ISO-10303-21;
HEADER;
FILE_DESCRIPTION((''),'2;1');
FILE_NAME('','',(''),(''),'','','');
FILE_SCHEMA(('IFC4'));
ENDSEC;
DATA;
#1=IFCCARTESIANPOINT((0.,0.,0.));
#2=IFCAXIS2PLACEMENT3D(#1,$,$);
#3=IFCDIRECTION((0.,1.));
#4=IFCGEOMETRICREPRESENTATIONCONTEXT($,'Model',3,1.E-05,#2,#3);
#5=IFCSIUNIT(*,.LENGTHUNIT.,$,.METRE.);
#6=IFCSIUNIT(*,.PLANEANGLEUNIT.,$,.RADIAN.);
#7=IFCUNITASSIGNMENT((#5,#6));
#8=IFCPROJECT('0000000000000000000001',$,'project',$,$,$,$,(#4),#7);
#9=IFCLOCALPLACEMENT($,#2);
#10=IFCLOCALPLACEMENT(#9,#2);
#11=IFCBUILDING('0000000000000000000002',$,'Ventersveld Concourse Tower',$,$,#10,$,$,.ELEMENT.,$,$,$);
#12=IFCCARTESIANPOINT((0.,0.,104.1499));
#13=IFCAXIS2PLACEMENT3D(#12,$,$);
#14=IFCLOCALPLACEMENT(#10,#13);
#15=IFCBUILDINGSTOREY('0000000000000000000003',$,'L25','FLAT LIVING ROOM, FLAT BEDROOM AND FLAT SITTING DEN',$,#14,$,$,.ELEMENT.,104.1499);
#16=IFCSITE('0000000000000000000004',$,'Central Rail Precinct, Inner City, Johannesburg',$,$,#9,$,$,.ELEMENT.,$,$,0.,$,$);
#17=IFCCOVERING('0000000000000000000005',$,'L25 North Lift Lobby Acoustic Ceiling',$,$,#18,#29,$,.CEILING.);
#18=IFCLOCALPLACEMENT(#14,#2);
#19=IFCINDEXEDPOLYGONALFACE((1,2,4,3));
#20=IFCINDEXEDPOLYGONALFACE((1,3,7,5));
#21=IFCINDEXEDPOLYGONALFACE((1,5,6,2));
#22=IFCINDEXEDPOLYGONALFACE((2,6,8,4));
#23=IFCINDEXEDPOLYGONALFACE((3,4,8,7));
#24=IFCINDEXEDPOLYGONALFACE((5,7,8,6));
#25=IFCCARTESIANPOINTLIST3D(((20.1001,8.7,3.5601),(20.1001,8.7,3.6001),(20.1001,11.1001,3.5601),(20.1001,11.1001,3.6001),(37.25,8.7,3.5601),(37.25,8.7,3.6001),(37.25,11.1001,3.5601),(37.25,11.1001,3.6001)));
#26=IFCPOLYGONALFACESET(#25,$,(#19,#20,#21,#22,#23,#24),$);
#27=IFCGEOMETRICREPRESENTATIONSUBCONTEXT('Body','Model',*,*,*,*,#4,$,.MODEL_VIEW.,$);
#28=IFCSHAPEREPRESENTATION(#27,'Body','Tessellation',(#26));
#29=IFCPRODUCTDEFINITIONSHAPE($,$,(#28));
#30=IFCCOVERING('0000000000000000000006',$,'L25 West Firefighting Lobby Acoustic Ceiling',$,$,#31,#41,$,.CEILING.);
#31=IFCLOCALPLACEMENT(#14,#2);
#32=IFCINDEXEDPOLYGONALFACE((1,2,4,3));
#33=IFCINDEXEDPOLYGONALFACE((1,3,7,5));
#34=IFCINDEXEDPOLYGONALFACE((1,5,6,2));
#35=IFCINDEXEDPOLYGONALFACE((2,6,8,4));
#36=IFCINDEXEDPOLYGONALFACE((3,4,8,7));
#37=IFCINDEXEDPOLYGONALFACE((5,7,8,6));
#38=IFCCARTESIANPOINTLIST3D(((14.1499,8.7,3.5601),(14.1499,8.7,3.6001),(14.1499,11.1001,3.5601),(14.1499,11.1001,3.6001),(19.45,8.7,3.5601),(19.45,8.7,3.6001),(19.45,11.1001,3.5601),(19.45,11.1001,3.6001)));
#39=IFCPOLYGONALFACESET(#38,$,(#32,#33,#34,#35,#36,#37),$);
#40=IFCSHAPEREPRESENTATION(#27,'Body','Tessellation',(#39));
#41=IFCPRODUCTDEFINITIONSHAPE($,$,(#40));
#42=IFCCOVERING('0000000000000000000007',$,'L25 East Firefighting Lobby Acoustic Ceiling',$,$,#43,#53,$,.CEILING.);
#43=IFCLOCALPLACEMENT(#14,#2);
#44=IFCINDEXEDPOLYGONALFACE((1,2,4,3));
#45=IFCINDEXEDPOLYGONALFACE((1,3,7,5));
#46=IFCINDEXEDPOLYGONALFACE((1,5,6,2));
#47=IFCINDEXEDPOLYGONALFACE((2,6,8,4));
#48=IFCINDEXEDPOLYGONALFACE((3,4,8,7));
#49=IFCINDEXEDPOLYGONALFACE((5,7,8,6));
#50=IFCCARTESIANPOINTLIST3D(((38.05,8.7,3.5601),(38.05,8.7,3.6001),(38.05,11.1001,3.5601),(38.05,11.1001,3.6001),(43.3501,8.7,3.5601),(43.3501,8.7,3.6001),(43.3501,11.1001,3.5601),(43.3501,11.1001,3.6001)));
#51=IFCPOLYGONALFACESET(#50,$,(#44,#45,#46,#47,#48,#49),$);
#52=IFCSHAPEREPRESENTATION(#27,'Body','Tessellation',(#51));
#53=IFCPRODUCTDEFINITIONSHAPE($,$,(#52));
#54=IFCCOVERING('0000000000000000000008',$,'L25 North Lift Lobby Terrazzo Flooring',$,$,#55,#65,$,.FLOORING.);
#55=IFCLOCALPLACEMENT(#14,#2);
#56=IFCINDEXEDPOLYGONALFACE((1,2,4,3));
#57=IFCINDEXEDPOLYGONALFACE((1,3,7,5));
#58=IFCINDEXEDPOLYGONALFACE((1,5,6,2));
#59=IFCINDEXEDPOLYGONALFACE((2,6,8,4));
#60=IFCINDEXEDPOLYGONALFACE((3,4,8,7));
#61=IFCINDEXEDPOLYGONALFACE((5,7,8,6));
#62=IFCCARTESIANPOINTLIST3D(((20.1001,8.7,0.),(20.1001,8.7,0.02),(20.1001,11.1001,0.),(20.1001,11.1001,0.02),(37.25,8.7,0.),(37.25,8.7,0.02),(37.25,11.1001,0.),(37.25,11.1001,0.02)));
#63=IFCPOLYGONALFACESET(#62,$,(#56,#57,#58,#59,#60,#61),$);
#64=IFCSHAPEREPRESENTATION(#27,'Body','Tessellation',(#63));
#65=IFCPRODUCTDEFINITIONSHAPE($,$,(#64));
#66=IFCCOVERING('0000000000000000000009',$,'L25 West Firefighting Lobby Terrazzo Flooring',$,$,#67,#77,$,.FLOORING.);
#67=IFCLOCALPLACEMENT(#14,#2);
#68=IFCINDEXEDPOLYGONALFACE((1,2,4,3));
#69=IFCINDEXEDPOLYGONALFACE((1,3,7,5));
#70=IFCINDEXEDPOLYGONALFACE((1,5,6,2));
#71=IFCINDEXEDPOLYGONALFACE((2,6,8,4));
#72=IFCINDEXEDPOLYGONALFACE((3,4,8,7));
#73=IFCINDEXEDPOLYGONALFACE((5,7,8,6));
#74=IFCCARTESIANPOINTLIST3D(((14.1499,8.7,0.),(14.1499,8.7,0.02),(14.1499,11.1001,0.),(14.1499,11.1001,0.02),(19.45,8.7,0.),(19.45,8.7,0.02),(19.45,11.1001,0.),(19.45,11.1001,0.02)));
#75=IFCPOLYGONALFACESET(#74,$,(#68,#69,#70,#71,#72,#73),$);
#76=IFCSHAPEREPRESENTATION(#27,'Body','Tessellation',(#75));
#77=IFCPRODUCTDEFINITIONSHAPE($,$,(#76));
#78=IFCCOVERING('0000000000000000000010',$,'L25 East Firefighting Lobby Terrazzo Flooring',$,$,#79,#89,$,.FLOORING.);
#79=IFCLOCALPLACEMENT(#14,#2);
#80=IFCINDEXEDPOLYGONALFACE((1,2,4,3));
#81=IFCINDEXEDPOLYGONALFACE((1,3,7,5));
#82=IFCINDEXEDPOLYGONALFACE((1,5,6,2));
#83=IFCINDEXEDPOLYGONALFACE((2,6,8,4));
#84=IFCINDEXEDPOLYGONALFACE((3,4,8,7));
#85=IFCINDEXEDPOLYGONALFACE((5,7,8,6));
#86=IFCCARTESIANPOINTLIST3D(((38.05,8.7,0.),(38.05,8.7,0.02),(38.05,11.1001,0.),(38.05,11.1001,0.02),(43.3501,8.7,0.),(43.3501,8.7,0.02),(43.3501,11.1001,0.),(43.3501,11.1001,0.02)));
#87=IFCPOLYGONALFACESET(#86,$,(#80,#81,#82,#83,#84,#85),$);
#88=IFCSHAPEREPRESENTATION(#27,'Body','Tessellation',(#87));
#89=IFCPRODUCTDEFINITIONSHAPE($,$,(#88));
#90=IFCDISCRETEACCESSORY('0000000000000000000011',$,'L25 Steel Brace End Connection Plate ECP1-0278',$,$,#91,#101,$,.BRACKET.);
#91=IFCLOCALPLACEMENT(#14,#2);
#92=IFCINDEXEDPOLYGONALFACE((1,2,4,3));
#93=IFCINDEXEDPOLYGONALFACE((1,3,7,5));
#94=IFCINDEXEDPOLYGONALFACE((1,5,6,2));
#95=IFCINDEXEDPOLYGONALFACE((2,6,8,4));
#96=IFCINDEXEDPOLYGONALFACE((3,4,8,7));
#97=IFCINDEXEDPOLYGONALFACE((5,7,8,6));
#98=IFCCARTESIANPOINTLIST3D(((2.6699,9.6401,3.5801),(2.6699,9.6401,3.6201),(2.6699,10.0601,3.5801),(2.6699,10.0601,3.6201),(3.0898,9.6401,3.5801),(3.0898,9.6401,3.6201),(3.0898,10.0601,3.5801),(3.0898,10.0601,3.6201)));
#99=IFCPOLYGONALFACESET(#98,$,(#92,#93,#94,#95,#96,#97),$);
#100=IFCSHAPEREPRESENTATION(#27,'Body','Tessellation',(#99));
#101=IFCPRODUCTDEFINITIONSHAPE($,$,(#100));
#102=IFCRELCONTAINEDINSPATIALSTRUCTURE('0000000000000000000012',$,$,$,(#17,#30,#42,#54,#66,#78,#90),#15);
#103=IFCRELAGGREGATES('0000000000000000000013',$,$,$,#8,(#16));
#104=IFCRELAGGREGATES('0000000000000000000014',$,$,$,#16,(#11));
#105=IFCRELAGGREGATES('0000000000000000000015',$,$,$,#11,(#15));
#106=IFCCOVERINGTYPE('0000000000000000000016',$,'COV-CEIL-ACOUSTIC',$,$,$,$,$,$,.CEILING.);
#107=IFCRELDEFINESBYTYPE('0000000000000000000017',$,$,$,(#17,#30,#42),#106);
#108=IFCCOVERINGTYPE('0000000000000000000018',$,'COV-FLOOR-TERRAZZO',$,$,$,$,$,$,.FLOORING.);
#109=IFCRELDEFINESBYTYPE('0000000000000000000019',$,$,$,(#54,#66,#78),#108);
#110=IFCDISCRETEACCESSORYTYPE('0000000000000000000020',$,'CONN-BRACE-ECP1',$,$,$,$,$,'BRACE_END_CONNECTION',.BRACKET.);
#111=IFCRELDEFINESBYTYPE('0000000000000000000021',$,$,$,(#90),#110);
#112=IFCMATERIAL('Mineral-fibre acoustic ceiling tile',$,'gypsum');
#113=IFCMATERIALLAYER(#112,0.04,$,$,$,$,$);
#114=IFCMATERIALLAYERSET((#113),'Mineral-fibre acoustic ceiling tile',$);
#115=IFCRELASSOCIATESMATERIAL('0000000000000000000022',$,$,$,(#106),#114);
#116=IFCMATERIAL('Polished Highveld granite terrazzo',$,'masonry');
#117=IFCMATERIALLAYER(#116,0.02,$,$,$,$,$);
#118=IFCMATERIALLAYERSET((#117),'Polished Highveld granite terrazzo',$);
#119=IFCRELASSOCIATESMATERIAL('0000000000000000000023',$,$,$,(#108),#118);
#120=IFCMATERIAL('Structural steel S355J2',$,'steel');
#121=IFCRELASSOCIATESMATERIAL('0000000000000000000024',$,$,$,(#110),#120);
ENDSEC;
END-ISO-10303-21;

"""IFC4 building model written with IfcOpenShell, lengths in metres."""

from ifc_helpers import new_model, si_unit, direction, frame, origin, origin_2d, place, context, subcontext, project, spatial, polyline, rectangle, outline, extrude, material, layer, layer_set, type_object, element, save


model = new_model("IFC4")

# Units and contexts
model_context = context("Model", 3, precision=1e-05, world=origin(), true_north=direction((0.0, 1.0)))
body_context = subcontext(model_context, "Body", "Model", "MODEL_VIEW")
ifc_project = project(units=[si_unit("LENGTHUNIT", "METRE"), si_unit("PLANEANGLEUNIT", "RADIAN")], contexts=[model_context])

# Site, building, storey
site_placement = place(None, origin())
site = spatial("IfcSite", under=ifc_project, at=site_placement, Name="Central Rail Precinct, Inner City, Johannesburg", CompositionType="ELEMENT", RefElevation=0.0)
building_placement = place(site_placement, origin())
building = spatial("IfcBuilding", under=site, at=building_placement, Name="Ventersveld Concourse Tower", CompositionType="ELEMENT")
storey_placement = place(building_placement, frame((0.0, 0.0, 104.1499)))
storey = spatial("IfcBuildingStorey", under=building, at=storey_placement, Name="L25", Description="FLAT LIVING ROOM, FLAT BEDROOM AND FLAT SITTING DEN", CompositionType="ELEMENT", Elevation=104.1499)

# Coverings
ifc_material_1 = material(Name="Mineral-fibre acoustic ceiling tile", Category="gypsum")
ifc_layer_1 = layer(ifc_material_1, 0.04)
ifc_layer_set_1 = layer_set([ifc_layer_1], Name="Mineral-fibre acoustic ceiling tile")
covering_type_1 = type_object("IfcCoveringType", Name="COV-CEIL-ACOUSTIC", PredefinedType="CEILING", material=ifc_layer_set_1)
covering_1_placement = place(storey_placement, frame((0.0, 0.0, 3.5601)))
element("IfcCovering", 1, at=covering_1_placement, inside=storey, type_object=covering_type_1, Name="L25 North Lift Lobby Acoustic Ceiling", PredefinedType="CEILING", context=body_context, shape_type="SweptSolid", body=[
    extrude(outline(polyline([(20.1001, 8.7), (37.25, 8.7), (37.25, 11.1001), (20.1001, 11.1001), (20.1001, 8.7)])), origin(), (0.0, 0.0, 1.0), 0.04),
])
covering_2_placement = place(storey_placement, frame((0.0, 0.0, 3.5601)))
element("IfcCovering", 2, at=covering_2_placement, inside=storey, type_object=covering_type_1, Name="L25 West Firefighting Lobby Acoustic Ceiling", PredefinedType="CEILING", context=body_context, shape_type="SweptSolid", body=[
    extrude(outline(polyline([(14.1499, 8.7), (19.45, 8.7), (19.45, 11.1001), (14.1499, 11.1001), (14.1499, 8.7)])), origin(), (0.0, 0.0, 1.0), 0.04),
])
covering_3_placement = place(storey_placement, frame((0.0, 0.0, 3.5601)))
element("IfcCovering", 3, at=covering_3_placement, inside=storey, type_object=covering_type_1, Name="L25 East Firefighting Lobby Acoustic Ceiling", PredefinedType="CEILING", context=body_context, shape_type="SweptSolid", body=[
    extrude(outline(polyline([(38.05, 8.7), (43.3501, 8.7), (43.3501, 11.1001), (38.05, 11.1001), (38.05, 8.7)])), origin(), (0.0, 0.0, 1.0), 0.04),
])
ifc_material_2 = material(Name="Polished Highveld granite terrazzo", Category="masonry")
ifc_layer_2 = layer(ifc_material_2, 0.02)
ifc_layer_set_2 = layer_set([ifc_layer_2], Name="Polished Highveld granite terrazzo")
covering_type_2 = type_object("IfcCoveringType", Name="COV-FLOOR-TERRAZZO", PredefinedType="FLOORING", material=ifc_layer_set_2)
covering_4_placement = place(storey_placement, origin())
element("IfcCovering", 4, at=covering_4_placement, inside=storey, type_object=covering_type_2, Name="L25 North Lift Lobby Terrazzo Flooring", PredefinedType="FLOORING", context=body_context, shape_type="SweptSolid", body=[
    extrude(outline(polyline([(20.1001, 8.7), (37.25, 8.7), (37.25, 11.1001), (20.1001, 11.1001), (20.1001, 8.7)])), origin(), (0.0, 0.0, 1.0), 0.02),
])
covering_5_placement = place(storey_placement, origin())
element("IfcCovering", 5, at=covering_5_placement, inside=storey, type_object=covering_type_2, Name="L25 West Firefighting Lobby Terrazzo Flooring", PredefinedType="FLOORING", context=body_context, shape_type="SweptSolid", body=[
    extrude(outline(polyline([(14.1499, 8.7), (19.45, 8.7), (19.45, 11.1001), (14.1499, 11.1001), (14.1499, 8.7)])), origin(), (0.0, 0.0, 1.0), 0.02),
])
covering_6_placement = place(storey_placement, origin())
element("IfcCovering", 6, at=covering_6_placement, inside=storey, type_object=covering_type_2, Name="L25 East Firefighting Lobby Terrazzo Flooring", PredefinedType="FLOORING", context=body_context, shape_type="SweptSolid", body=[
    extrude(outline(polyline([(38.05, 8.7), (43.3501, 8.7), (43.3501, 11.1001), (38.05, 11.1001), (38.05, 8.7)])), origin(), (0.0, 0.0, 1.0), 0.02),
])

# Discrete accessory
ifc_material_3 = material(Name="Structural steel S355J2", Category="steel")
discrete_accessory_type = type_object("IfcDiscreteAccessoryType", Name="CONN-BRACE-ECP1", ElementType="BRACE_END_CONNECTION", PredefinedType="BRACKET", material=ifc_material_3)
discrete_accessory_placement = place(storey_placement, frame((2.8799, 9.8501, 3.5801), z_axis=(0.0, 0.0, 1.0), x_axis=(1.0, 0.0, 0.0)))
element("IfcDiscreteAccessory", 7, at=discrete_accessory_placement, inside=storey, type_object=discrete_accessory_type, Name="L25 Steel Brace End Connection Plate ECP1-0278", PredefinedType="BRACKET", context=body_context, shape_type="SweptSolid", body=[
    extrude(rectangle(XDim=0.4199, YDim=0.4199, at=origin_2d()), origin(), (0.0, 0.0, 1.0), 0.04),
])

save(model, "model.ifc")
